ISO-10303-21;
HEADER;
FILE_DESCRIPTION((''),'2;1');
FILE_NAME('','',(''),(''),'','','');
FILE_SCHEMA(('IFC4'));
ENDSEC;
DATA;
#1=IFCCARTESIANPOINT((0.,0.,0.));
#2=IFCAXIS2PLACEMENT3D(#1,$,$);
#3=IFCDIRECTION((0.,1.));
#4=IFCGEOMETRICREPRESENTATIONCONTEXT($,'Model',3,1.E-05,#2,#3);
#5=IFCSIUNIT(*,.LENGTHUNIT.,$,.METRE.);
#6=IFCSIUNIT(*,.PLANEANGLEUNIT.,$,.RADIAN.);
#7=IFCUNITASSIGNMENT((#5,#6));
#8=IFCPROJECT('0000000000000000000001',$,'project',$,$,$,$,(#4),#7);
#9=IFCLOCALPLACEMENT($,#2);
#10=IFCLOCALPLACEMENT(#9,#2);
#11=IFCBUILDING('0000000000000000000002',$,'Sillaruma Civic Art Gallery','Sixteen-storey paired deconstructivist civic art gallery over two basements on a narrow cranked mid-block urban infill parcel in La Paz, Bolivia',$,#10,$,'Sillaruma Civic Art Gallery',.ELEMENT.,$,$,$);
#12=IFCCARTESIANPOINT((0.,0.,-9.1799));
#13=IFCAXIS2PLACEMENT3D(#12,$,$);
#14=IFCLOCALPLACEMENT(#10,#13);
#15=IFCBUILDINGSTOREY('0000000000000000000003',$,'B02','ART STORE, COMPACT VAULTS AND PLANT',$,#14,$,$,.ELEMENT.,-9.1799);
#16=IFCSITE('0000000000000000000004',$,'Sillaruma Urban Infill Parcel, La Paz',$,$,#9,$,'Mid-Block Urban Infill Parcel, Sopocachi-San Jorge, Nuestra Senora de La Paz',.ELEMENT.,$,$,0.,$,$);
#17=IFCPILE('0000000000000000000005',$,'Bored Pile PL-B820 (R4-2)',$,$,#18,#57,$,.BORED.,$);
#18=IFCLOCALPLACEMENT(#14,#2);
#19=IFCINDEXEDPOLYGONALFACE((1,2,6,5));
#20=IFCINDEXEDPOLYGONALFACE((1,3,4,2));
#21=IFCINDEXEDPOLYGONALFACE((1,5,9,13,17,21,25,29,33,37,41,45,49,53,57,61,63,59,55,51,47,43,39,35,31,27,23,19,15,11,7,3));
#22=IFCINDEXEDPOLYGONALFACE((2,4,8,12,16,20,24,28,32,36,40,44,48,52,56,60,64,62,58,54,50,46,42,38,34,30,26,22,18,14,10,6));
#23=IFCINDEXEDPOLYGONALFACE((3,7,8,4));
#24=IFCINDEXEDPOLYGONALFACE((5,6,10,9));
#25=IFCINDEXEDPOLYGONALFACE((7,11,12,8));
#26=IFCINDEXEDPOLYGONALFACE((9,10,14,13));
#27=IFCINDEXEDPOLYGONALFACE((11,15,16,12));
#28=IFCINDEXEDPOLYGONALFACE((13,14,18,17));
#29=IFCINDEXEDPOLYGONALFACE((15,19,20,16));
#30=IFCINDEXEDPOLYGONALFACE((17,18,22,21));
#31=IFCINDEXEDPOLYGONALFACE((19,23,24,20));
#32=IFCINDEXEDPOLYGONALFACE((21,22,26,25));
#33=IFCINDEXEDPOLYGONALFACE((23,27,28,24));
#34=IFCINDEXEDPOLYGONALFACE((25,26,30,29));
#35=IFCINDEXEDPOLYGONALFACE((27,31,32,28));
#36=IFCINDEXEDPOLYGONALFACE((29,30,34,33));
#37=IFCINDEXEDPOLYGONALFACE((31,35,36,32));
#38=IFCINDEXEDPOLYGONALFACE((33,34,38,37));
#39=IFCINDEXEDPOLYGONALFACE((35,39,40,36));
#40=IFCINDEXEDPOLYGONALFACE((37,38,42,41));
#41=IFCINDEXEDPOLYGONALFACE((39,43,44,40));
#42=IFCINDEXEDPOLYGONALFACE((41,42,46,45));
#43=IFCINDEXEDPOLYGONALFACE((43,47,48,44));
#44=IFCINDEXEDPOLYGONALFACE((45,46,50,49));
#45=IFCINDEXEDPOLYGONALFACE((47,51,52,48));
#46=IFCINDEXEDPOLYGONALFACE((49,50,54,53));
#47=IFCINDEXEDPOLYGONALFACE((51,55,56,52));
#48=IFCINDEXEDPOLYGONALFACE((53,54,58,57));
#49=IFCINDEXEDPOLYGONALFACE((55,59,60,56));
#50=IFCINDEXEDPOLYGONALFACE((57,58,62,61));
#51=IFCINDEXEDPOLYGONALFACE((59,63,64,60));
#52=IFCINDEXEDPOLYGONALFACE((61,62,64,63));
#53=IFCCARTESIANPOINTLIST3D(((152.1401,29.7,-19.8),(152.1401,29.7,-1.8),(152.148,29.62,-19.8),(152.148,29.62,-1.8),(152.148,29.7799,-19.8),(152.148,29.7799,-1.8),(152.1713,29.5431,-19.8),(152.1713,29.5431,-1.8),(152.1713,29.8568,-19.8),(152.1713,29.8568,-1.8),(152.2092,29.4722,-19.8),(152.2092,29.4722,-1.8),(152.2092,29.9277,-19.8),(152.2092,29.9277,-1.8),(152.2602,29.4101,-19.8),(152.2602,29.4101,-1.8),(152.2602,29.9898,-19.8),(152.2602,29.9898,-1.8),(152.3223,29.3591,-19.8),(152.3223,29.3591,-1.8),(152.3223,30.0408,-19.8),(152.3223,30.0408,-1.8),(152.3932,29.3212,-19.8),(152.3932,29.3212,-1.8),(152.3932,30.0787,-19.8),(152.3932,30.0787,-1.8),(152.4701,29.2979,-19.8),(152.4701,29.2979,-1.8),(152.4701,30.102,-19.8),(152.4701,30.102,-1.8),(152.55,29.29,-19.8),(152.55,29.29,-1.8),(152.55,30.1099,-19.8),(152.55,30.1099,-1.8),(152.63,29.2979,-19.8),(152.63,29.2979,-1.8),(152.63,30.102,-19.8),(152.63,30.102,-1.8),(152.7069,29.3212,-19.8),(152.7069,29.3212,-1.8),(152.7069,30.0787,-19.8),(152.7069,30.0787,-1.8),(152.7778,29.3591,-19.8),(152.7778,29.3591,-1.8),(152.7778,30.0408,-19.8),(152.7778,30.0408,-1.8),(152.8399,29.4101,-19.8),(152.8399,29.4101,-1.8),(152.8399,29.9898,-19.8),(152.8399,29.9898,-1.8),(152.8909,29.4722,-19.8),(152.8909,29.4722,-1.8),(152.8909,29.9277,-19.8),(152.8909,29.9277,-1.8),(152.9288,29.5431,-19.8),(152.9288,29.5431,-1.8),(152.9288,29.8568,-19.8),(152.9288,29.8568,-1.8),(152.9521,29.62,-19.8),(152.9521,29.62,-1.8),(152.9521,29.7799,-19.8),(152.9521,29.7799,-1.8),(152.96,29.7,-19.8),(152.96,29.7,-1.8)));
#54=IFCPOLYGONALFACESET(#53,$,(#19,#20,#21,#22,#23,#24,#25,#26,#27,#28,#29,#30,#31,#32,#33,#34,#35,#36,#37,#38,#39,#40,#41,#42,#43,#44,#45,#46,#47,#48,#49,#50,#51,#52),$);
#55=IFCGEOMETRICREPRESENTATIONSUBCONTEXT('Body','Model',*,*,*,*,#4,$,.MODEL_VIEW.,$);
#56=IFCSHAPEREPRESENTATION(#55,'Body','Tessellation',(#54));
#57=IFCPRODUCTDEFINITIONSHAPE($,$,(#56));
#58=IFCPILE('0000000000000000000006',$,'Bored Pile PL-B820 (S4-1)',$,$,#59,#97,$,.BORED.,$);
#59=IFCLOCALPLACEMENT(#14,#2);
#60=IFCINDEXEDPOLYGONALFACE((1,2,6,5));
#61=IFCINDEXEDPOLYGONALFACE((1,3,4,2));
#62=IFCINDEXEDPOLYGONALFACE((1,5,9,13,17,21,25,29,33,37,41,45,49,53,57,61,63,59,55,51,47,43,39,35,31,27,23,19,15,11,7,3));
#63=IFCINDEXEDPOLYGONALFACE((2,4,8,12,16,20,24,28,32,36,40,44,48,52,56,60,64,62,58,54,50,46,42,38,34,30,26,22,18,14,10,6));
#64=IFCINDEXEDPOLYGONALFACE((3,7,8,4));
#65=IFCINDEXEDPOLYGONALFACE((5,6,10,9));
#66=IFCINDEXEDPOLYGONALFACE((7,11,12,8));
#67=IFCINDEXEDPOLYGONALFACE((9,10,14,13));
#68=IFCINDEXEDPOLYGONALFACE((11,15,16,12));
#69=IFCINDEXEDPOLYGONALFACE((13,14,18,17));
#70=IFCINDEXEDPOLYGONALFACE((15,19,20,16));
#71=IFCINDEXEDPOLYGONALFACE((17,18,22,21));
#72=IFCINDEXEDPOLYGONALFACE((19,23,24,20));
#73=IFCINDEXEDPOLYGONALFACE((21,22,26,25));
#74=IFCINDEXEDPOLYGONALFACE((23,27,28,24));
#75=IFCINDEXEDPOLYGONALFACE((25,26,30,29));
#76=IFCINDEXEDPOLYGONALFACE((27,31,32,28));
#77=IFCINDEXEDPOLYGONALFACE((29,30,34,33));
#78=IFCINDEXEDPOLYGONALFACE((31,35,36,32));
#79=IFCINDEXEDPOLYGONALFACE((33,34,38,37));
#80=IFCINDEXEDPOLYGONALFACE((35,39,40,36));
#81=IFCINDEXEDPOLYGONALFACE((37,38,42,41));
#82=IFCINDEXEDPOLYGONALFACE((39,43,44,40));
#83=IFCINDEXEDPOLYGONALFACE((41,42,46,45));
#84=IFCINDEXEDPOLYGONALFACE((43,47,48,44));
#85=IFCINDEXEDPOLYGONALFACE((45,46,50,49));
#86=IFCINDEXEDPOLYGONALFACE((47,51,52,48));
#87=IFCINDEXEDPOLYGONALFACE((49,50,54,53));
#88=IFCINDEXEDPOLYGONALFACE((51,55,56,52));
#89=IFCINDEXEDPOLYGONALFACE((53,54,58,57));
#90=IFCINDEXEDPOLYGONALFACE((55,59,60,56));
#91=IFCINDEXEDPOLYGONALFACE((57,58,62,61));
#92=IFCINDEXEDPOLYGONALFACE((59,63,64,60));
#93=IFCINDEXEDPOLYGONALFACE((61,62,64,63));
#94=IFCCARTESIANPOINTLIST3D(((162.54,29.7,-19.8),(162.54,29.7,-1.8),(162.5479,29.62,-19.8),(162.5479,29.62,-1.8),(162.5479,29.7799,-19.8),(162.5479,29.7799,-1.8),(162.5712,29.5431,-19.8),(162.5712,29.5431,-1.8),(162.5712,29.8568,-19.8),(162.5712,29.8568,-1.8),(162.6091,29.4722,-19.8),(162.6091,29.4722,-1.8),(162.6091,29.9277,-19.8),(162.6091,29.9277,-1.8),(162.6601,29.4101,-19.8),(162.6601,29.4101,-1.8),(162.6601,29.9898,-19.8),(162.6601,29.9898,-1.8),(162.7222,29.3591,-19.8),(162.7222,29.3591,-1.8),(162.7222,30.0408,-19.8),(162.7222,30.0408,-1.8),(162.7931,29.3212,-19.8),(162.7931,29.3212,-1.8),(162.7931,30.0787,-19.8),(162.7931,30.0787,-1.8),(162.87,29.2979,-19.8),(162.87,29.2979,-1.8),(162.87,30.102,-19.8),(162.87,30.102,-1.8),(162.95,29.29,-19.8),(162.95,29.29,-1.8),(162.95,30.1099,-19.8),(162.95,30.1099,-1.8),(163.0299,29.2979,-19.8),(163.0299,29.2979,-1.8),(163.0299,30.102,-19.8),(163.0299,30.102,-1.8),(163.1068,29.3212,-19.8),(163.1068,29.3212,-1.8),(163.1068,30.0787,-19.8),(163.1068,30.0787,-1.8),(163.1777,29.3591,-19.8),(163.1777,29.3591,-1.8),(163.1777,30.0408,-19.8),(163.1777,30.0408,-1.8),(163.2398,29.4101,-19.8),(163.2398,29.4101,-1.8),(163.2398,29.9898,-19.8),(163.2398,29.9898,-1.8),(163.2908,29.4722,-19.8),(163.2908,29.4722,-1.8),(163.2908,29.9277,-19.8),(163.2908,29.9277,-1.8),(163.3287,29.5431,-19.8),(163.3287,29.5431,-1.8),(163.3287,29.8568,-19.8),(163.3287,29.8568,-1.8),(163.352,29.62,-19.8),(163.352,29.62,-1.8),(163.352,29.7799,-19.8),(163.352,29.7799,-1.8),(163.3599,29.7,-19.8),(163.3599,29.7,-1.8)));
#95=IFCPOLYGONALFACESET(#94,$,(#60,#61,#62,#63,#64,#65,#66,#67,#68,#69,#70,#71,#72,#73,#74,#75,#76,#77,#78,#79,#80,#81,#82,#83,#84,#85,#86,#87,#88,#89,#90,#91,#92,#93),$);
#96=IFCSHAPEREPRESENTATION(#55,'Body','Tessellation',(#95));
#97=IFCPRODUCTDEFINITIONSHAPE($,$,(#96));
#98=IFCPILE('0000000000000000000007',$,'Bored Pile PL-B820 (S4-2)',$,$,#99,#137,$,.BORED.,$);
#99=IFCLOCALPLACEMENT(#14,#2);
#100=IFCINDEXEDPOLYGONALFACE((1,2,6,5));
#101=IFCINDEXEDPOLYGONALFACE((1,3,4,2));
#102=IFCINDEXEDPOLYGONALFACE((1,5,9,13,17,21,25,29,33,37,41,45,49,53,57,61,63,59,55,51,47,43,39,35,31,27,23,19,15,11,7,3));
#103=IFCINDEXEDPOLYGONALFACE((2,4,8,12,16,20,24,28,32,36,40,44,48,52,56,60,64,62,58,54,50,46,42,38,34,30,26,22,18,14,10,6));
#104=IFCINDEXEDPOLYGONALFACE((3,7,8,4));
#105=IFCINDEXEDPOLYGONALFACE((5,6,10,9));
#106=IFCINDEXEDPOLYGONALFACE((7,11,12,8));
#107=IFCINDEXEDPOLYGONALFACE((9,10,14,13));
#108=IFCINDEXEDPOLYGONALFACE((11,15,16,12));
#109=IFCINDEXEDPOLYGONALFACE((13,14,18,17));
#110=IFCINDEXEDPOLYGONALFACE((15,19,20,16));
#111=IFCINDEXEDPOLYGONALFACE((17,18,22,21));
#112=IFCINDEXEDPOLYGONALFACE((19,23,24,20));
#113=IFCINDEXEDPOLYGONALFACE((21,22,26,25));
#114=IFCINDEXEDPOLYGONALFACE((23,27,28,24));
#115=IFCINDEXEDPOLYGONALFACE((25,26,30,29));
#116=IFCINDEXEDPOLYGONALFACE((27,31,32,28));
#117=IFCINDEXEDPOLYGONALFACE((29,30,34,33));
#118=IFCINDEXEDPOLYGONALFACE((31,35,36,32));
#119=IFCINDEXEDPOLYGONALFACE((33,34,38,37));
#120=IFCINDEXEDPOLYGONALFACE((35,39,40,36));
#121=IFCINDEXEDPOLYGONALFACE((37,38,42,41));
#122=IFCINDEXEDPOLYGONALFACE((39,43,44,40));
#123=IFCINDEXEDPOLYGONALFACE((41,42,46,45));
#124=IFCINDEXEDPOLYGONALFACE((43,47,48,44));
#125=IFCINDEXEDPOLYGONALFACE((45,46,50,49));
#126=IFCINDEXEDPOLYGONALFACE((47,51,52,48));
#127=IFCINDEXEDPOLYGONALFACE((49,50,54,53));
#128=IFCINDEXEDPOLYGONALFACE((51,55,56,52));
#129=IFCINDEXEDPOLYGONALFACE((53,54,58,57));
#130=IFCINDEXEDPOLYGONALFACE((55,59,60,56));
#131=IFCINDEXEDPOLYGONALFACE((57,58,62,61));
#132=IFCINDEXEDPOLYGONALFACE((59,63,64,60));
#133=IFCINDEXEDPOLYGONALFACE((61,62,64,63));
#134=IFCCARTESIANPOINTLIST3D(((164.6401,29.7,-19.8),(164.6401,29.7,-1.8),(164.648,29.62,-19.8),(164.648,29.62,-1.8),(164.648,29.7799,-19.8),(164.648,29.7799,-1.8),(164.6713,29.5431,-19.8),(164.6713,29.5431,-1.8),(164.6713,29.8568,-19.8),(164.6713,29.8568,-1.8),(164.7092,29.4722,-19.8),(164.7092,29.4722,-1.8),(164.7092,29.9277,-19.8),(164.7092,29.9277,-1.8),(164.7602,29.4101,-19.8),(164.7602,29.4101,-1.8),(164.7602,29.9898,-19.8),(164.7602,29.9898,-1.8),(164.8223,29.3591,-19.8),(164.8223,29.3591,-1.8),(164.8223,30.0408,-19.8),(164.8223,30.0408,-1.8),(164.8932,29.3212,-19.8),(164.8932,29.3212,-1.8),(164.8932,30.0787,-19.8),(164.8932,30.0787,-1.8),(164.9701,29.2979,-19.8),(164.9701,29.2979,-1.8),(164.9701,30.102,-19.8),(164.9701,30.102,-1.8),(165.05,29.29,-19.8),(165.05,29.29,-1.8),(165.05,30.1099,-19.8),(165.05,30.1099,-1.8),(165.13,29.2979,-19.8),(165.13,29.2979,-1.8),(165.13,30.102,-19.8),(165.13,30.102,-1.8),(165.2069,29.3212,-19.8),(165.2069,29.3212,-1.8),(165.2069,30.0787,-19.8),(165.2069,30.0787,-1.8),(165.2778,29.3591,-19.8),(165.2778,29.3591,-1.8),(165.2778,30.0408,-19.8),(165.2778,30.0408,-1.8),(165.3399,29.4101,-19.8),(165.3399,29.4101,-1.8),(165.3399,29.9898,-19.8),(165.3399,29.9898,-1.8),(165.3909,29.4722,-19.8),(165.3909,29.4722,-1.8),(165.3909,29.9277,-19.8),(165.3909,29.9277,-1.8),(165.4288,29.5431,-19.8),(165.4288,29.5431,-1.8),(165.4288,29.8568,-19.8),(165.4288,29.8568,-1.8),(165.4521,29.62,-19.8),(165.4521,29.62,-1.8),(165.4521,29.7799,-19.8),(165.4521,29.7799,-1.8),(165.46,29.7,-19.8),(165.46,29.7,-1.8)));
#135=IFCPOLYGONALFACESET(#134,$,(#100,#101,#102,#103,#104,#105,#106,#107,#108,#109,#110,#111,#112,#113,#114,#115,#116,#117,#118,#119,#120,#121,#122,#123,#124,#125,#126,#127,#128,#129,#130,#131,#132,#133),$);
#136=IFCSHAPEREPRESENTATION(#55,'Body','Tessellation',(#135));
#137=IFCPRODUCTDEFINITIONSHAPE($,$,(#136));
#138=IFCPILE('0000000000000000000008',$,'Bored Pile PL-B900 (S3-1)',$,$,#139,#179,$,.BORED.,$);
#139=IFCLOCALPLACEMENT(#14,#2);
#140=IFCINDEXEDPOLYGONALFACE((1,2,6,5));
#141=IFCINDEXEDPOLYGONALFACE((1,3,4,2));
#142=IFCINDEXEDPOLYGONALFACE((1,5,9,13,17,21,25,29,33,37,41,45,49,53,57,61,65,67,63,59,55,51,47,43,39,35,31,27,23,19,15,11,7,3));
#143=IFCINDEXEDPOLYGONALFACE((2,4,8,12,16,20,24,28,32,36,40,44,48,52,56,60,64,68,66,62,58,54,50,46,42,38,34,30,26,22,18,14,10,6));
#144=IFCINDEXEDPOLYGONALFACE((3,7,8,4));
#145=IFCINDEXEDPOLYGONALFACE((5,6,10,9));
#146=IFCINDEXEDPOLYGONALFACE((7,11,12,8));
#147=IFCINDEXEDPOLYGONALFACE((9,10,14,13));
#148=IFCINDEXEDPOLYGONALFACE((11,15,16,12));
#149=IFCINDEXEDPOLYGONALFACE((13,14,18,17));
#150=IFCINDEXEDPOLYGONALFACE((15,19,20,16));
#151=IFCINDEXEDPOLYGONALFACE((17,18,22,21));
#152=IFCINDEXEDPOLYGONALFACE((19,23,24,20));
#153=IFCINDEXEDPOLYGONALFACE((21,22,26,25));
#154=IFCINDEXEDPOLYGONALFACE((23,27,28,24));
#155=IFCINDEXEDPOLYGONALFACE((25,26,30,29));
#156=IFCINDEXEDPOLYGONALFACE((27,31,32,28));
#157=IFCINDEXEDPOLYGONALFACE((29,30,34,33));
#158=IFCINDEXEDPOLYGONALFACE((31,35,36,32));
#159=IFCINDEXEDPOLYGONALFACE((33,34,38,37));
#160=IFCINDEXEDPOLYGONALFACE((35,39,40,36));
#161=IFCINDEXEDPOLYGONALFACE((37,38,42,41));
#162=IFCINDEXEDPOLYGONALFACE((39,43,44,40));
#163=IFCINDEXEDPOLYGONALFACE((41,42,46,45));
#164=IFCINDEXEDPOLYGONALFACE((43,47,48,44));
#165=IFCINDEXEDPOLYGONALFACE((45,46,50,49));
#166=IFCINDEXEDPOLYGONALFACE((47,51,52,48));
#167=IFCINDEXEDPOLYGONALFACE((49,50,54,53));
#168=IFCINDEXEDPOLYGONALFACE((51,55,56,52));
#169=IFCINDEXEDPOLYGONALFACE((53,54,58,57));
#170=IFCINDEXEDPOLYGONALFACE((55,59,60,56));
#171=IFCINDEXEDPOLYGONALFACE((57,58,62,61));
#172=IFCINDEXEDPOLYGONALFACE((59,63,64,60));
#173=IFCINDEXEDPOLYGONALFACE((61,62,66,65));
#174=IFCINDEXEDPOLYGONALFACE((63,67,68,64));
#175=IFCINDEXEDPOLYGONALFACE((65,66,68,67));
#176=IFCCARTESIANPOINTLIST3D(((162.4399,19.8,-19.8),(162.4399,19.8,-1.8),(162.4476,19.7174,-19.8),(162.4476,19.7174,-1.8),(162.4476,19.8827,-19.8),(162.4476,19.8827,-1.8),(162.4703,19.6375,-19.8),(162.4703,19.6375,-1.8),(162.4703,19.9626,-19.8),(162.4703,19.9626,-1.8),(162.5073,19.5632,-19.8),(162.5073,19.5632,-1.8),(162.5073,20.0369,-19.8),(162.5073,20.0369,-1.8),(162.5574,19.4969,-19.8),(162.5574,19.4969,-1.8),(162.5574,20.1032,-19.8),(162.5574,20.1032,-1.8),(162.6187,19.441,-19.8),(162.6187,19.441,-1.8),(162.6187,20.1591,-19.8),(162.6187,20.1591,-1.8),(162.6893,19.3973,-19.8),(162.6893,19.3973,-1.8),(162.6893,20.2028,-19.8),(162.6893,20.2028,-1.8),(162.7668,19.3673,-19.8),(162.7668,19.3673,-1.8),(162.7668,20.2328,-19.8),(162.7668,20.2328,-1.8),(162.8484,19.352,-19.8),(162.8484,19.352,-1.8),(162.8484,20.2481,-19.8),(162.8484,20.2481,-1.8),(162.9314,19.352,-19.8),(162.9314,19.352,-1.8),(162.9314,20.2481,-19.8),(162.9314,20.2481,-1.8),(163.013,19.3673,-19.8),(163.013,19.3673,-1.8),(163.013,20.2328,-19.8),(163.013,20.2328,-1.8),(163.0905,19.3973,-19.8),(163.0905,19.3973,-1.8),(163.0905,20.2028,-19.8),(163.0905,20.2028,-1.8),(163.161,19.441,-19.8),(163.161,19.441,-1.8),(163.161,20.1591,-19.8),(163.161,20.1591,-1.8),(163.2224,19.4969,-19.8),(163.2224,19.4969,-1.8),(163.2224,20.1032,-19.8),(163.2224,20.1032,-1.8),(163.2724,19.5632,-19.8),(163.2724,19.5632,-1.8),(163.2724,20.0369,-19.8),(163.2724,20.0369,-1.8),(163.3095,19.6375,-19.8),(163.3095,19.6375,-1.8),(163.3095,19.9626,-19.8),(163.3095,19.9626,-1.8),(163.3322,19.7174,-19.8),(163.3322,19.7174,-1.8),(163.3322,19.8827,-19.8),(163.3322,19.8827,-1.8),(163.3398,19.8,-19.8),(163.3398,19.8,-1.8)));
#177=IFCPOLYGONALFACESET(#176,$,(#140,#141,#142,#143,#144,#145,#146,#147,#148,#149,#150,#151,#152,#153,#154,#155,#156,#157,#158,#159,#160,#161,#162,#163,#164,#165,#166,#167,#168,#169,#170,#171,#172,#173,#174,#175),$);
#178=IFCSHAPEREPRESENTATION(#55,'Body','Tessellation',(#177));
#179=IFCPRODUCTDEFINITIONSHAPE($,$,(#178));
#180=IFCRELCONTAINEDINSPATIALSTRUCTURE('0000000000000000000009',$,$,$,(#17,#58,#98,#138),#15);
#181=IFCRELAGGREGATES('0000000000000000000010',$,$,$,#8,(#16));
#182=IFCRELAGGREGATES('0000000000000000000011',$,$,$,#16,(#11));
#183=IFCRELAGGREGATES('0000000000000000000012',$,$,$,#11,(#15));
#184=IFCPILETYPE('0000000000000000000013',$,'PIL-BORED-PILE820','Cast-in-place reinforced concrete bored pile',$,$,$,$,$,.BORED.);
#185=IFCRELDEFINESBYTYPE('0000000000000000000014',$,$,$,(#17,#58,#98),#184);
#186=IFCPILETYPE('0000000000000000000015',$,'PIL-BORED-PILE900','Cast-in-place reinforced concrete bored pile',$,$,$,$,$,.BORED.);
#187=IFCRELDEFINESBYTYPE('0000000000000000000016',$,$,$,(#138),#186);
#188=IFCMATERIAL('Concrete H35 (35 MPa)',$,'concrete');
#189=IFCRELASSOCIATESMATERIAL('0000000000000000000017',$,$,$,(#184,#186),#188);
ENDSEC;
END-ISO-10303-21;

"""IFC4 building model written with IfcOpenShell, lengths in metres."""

from ifc_helpers import new_model, si_unit, direction, frame, origin, origin_2d, place, context, subcontext, project, spatial, circle, extrude, material, material_profile, profile_set, type_object, element, save


model = new_model("IFC4")

# Units and contexts
model_context = context("Model", 3, precision=1e-05, world=origin(), true_north=direction((0.0, 1.0)))
body_context = subcontext(model_context, "Body", "Model", "MODEL_VIEW")
ifc_project = project(units=[si_unit("LENGTHUNIT", "METRE"), si_unit("PLANEANGLEUNIT", "RADIAN")], contexts=[model_context])

# Site, building, storey
site_placement = place(None, origin())
site = spatial("IfcSite", under=ifc_project, at=site_placement, Name="Sillaruma Urban Infill Parcel, La Paz", LongName="Mid-Block Urban Infill Parcel, Sopocachi-San Jorge, Nuestra Senora de La Paz", CompositionType="ELEMENT", RefElevation=0.0)
building_placement = place(site_placement, origin())
building = spatial("IfcBuilding", under=site, at=building_placement, Name="Sillaruma Civic Art Gallery", Description="Sixteen-storey paired deconstructivist civic art gallery over two basements on a narrow cranked mid-block urban infill parcel in La Paz, Bolivia", LongName="Sillaruma Civic Art Gallery", CompositionType="ELEMENT")
storey_placement = place(building_placement, frame((0.0, 0.0, -9.1799)))
storey = spatial("IfcBuildingStorey", under=building, at=storey_placement, Name="B02", Description="ART STORE, COMPACT VAULTS AND PLANT", CompositionType="ELEMENT", Elevation=-9.1799)

# Shared definitions
ifc_material_1 = material(Name="Concrete H35 (35 MPa)", Category="concrete")

# Piles
ifc_material_profile_1 = material_profile(ifc_material_1, circle(Radius=0.4099, at=origin_2d()), Name="PILE820")
ifc_profile_set_1 = profile_set([ifc_material_profile_1], Name="Concrete H35 (35 MPa)")
pile_type_1 = type_object("IfcPileType", Name="PIL-BORED-PILE820", Description="Cast-in-place reinforced concrete bored pile", PredefinedType="BORED", material=ifc_profile_set_1)
for number, where, z_axis, x_axis, name in (
    (1, (152.55, 29.7, -1.8), (0.0, 0.0, -1.0), (1.0, 0.0, 0.0), "Bored Pile PL-B820 (R4-2)"),
    (2, (162.95, 29.7, -1.8), (0.0, 0.0, -1.0), (1.0, 0.0, 0.0), "Bored Pile PL-B820 (S4-1)"),
    (3, (165.05, 29.7, -1.8), (0.0, 0.0, -1.0), (1.0, 0.0, 0.0), "Bored Pile PL-B820 (S4-2)"),
):
    element("IfcPile", number, at=place(storey_placement, frame(where, z_axis=z_axis, x_axis=x_axis)), inside=storey, type_object=pile_type_1, Name=name, PredefinedType="BORED", context=body_context, shape_type="SweptSolid", body=[
        extrude(circle(Radius=0.4099, at=origin_2d()), origin(), (0.0, 0.0, 1.0), 18.0),
    ])
ifc_material_profile_2 = material_profile(ifc_material_1, circle(Radius=0.45, at=origin_2d()), Name="PILE900")
ifc_profile_set_2 = profile_set([ifc_material_profile_2], Name="Concrete H35 (35 MPa)")
pile_type_2 = type_object("IfcPileType", Name="PIL-BORED-PILE900", Description="Cast-in-place reinforced concrete bored pile", PredefinedType="BORED", material=ifc_profile_set_2)
for number, where, z_axis, x_axis, name in (
    (4, (162.8899, 19.8, -1.8), (0.0, 0.0, -1.0), (1.0, 0.0, 0.0), "Bored Pile PL-B900 (S3-1)"),
):
    element("IfcPile", number, at=place(storey_placement, frame(where, z_axis=z_axis, x_axis=x_axis)), inside=storey, type_object=pile_type_2, Name=name, PredefinedType="BORED", context=body_context, shape_type="SweptSolid", body=[
        extrude(circle(Radius=0.45, at=origin_2d()), origin(), (0.0, 0.0, 1.0), 18.0),
    ])

save(model, "model.ifc")
